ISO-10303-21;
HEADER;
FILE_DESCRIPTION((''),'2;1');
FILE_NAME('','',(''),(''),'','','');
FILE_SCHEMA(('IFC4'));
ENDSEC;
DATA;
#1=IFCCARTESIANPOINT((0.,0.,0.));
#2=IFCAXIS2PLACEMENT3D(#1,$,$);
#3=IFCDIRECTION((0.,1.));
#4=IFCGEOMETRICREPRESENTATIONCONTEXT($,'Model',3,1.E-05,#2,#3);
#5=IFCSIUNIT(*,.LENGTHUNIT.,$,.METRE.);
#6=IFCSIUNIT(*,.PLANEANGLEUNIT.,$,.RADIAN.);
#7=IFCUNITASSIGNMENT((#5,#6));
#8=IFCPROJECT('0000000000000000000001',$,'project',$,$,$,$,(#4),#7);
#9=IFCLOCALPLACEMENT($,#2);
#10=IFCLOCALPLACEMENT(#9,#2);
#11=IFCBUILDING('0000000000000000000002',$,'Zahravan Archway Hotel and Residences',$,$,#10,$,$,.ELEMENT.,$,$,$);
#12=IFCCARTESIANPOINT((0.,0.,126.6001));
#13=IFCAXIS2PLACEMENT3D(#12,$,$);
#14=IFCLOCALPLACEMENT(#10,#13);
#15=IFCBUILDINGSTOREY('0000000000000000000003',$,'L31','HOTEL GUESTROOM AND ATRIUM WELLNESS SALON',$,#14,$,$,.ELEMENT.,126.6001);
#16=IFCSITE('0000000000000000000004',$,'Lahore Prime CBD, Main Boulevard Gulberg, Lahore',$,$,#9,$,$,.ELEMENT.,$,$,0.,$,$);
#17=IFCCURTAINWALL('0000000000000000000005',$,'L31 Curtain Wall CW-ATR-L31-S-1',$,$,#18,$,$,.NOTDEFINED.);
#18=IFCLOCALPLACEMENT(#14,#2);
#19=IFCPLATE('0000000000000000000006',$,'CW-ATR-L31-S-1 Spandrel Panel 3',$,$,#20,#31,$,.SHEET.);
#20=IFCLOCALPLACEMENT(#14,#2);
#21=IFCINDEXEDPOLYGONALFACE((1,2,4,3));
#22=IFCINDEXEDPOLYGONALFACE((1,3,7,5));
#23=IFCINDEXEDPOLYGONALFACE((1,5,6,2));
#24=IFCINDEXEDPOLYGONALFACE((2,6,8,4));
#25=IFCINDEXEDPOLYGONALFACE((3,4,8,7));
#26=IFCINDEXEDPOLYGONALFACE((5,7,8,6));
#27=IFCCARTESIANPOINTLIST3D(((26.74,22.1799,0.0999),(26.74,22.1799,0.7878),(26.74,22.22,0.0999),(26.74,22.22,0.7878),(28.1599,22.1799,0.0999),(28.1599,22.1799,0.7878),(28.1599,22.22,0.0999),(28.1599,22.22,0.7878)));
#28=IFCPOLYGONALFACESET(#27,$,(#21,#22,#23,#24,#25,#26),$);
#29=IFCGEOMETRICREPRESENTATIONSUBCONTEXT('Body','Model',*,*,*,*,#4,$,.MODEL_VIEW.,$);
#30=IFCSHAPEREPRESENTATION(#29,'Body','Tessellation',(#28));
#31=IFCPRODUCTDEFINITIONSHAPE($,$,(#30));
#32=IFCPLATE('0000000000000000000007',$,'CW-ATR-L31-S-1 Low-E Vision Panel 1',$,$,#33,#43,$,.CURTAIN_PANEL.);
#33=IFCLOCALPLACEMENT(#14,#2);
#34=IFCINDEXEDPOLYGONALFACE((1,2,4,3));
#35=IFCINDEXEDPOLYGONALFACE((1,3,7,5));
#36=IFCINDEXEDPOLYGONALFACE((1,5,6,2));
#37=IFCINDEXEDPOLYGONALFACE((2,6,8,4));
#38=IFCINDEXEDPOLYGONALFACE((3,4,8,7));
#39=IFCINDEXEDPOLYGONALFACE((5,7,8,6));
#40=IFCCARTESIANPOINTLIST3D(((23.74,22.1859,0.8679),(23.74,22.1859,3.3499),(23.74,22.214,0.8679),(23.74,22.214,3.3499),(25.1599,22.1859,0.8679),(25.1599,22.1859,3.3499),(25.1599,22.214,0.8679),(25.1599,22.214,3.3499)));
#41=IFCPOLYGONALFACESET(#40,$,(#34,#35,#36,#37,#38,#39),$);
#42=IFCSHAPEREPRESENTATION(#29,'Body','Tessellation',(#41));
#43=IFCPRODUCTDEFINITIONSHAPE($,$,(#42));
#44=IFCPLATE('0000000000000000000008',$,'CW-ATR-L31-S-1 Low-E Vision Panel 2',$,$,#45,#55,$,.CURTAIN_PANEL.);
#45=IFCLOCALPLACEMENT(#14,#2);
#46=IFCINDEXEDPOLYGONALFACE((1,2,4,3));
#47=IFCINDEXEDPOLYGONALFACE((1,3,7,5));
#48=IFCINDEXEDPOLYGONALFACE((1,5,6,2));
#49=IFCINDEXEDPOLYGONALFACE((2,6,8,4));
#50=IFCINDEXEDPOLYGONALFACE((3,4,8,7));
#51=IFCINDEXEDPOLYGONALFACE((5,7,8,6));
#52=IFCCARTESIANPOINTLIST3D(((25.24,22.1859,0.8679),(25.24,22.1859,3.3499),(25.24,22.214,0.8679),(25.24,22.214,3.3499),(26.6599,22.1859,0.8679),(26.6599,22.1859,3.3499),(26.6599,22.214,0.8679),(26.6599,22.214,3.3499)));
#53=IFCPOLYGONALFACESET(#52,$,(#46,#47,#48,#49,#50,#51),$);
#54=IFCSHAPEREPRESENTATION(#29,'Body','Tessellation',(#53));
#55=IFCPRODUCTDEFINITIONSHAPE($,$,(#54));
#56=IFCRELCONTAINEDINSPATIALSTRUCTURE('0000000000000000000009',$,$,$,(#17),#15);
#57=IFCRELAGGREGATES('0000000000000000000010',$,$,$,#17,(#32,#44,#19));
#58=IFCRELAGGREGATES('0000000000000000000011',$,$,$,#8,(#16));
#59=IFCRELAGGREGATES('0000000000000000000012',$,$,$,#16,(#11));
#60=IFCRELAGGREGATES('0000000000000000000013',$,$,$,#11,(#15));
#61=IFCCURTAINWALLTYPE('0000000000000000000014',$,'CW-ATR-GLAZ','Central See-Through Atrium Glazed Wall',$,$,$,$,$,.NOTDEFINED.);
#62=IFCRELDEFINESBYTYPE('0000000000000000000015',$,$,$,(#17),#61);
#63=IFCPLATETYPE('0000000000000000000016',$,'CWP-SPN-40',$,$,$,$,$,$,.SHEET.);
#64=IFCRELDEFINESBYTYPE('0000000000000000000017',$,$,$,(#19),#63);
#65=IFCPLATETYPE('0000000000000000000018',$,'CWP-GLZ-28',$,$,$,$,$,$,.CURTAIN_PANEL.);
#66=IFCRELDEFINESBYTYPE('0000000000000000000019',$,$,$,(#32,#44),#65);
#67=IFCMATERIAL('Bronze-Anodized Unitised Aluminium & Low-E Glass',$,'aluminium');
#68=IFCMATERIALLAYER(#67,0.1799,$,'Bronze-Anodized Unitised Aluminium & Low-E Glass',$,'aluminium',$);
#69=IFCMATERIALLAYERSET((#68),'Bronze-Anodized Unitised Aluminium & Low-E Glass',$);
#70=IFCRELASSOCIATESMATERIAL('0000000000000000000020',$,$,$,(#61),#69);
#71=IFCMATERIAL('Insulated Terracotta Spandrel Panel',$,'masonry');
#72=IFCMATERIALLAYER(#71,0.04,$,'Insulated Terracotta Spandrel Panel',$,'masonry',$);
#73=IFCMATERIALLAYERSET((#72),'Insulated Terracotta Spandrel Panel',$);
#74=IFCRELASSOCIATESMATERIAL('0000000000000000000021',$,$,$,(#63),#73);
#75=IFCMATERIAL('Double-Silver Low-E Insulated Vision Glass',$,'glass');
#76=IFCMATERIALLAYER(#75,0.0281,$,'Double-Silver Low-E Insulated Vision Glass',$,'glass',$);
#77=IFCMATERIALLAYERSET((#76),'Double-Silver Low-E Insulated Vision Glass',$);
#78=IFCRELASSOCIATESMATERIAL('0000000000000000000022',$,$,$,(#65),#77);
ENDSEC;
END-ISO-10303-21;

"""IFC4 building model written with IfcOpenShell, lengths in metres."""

from ifc_helpers import new_model, si_unit, direction, frame, origin, origin_2d, place, context, subcontext, project, spatial, rectangle, extrude, source, transform, mapped, material, layer, layer_set, type_object, element, aggregate, save


model = new_model("IFC4")

# Units and contexts
model_context = context("Model", 3, precision=1e-05, world=origin(), true_north=direction((0.0, 1.0)))
body_context = subcontext(model_context, "Body", "Model", "MODEL_VIEW")
ifc_project = project(units=[si_unit("LENGTHUNIT", "METRE"), si_unit("PLANEANGLEUNIT", "RADIAN")], contexts=[model_context])

# Site, building, storey
site_placement = place(None, origin())
site = spatial("IfcSite", under=ifc_project, at=site_placement, Name="Lahore Prime CBD, Main Boulevard Gulberg, Lahore", CompositionType="ELEMENT", RefElevation=0.0)
building_placement = place(site_placement, origin())
building = spatial("IfcBuilding", under=site, at=building_placement, Name="Zahravan Archway Hotel and Residences", CompositionType="ELEMENT")
storey_placement = place(building_placement, frame((0.0, 0.0, 126.6001)))
storey = spatial("IfcBuildingStorey", under=building, at=storey_placement, Name="L31", Description="HOTEL GUESTROOM AND ATRIUM WELLNESS SALON", CompositionType="ELEMENT", Elevation=126.6001)

# Curtain wall, plates
ifc_material_1 = material(Name="Bronze-Anodized Unitised Aluminium & Low-E Glass", Category="aluminium")
ifc_layer_1 = layer(ifc_material_1, 0.1799, Name="Bronze-Anodized Unitised Aluminium & Low-E Glass", Category="aluminium")
ifc_layer_set_1 = layer_set([ifc_layer_1], Name="Bronze-Anodized Unitised Aluminium & Low-E Glass")
curtain_wall_type = type_object("IfcCurtainWallType", Name="CW-ATR-GLAZ", Description="Central See-Through Atrium Glazed Wall", PredefinedType="NOTDEFINED", material=ifc_layer_set_1)
curtain_wall_placement = place(storey_placement, origin())
curtain_wall = element("IfcCurtainWall", 1, at=curtain_wall_placement, inside=storey, type_object=curtain_wall_type, Name="L31 Curtain Wall CW-ATR-L31-S-1", PredefinedType="NOTDEFINED")
ifc_material_2 = material(Name="Insulated Terracotta Spandrel Panel", Category="masonry")
ifc_layer_2 = layer(ifc_material_2, 0.04, Name="Insulated Terracotta Spandrel Panel", Category="masonry")
ifc_layer_set_2 = layer_set([ifc_layer_2], Name="Insulated Terracotta Spandrel Panel")
plate_type_1 = type_object("IfcPlateType", Name="CWP-SPN-40", PredefinedType="SHEET", material=ifc_layer_set_2)
shared_shape_1 = source(origin(), body_context, "Body", "SweptSolid", [
    extrude(rectangle(XDim=1.4199, YDim=0.04, at=origin_2d()), origin(), (0.0, 0.0, 1.0), 0.688),
])
plate_1_placement = place(storey_placement, frame((27.45, 22.2, 0.0999), z_axis=(0.0, 0.0, 1.0), x_axis=(1.0, 0.0, 0.0)))
plate_1 = element("IfcPlate", 2, at=plate_1_placement, type_object=plate_type_1, Name="CW-ATR-L31-S-1 Spandrel Panel 3", PredefinedType="SHEET", context=body_context, shape_type="MappedRepresentation", body=[
    mapped(shared_shape_1, transform((0.0, 0.0, 0.0), scale=1.0)),
])
ifc_material_3 = material(Name="Double-Silver Low-E Insulated Vision Glass", Category="glass")
ifc_layer_3 = layer(ifc_material_3, 0.0281, Name="Double-Silver Low-E Insulated Vision Glass", Category="glass")
ifc_layer_set_3 = layer_set([ifc_layer_3], Name="Double-Silver Low-E Insulated Vision Glass")
plate_type_2 = type_object("IfcPlateType", Name="CWP-GLZ-28", PredefinedType="CURTAIN_PANEL", material=ifc_layer_set_3)
shared_shape_2 = source(origin(), body_context, "Body", "SweptSolid", [
    extrude(rectangle(XDim=1.4199, YDim=0.0281, at=origin_2d()), origin(), (0.0, 0.0, 1.0), 2.4819),
])
plate_2_placement = place(storey_placement, frame((24.45, 22.2, 0.8679), z_axis=(0.0, 0.0, 1.0), x_axis=(1.0, 0.0, 0.0)))
plate_2 = element("IfcPlate", 3, at=plate_2_placement, type_object=plate_type_2, Name="CW-ATR-L31-S-1 Low-E Vision Panel 1", PredefinedType="CURTAIN_PANEL", context=body_context, shape_type="MappedRepresentation", body=[
    mapped(shared_shape_2, transform((0.0, 0.0, 0.0), scale=1.0)),
])
plate_3_placement = place(storey_placement, frame((25.95, 22.2, 0.8679), z_axis=(0.0, 0.0, 1.0), x_axis=(1.0, 0.0, 0.0)))
plate_3 = element("IfcPlate", 4, at=plate_3_placement, type_object=plate_type_2, Name="CW-ATR-L31-S-1 Low-E Vision Panel 2", PredefinedType="CURTAIN_PANEL", context=body_context, shape_type="MappedRepresentation", body=[
    mapped(shared_shape_2, transform((0.0, 0.0, 0.0), scale=1.0)),
])
aggregate(curtain_wall, [plate_2, plate_3, plate_1])

save(model, "model.ifc")
